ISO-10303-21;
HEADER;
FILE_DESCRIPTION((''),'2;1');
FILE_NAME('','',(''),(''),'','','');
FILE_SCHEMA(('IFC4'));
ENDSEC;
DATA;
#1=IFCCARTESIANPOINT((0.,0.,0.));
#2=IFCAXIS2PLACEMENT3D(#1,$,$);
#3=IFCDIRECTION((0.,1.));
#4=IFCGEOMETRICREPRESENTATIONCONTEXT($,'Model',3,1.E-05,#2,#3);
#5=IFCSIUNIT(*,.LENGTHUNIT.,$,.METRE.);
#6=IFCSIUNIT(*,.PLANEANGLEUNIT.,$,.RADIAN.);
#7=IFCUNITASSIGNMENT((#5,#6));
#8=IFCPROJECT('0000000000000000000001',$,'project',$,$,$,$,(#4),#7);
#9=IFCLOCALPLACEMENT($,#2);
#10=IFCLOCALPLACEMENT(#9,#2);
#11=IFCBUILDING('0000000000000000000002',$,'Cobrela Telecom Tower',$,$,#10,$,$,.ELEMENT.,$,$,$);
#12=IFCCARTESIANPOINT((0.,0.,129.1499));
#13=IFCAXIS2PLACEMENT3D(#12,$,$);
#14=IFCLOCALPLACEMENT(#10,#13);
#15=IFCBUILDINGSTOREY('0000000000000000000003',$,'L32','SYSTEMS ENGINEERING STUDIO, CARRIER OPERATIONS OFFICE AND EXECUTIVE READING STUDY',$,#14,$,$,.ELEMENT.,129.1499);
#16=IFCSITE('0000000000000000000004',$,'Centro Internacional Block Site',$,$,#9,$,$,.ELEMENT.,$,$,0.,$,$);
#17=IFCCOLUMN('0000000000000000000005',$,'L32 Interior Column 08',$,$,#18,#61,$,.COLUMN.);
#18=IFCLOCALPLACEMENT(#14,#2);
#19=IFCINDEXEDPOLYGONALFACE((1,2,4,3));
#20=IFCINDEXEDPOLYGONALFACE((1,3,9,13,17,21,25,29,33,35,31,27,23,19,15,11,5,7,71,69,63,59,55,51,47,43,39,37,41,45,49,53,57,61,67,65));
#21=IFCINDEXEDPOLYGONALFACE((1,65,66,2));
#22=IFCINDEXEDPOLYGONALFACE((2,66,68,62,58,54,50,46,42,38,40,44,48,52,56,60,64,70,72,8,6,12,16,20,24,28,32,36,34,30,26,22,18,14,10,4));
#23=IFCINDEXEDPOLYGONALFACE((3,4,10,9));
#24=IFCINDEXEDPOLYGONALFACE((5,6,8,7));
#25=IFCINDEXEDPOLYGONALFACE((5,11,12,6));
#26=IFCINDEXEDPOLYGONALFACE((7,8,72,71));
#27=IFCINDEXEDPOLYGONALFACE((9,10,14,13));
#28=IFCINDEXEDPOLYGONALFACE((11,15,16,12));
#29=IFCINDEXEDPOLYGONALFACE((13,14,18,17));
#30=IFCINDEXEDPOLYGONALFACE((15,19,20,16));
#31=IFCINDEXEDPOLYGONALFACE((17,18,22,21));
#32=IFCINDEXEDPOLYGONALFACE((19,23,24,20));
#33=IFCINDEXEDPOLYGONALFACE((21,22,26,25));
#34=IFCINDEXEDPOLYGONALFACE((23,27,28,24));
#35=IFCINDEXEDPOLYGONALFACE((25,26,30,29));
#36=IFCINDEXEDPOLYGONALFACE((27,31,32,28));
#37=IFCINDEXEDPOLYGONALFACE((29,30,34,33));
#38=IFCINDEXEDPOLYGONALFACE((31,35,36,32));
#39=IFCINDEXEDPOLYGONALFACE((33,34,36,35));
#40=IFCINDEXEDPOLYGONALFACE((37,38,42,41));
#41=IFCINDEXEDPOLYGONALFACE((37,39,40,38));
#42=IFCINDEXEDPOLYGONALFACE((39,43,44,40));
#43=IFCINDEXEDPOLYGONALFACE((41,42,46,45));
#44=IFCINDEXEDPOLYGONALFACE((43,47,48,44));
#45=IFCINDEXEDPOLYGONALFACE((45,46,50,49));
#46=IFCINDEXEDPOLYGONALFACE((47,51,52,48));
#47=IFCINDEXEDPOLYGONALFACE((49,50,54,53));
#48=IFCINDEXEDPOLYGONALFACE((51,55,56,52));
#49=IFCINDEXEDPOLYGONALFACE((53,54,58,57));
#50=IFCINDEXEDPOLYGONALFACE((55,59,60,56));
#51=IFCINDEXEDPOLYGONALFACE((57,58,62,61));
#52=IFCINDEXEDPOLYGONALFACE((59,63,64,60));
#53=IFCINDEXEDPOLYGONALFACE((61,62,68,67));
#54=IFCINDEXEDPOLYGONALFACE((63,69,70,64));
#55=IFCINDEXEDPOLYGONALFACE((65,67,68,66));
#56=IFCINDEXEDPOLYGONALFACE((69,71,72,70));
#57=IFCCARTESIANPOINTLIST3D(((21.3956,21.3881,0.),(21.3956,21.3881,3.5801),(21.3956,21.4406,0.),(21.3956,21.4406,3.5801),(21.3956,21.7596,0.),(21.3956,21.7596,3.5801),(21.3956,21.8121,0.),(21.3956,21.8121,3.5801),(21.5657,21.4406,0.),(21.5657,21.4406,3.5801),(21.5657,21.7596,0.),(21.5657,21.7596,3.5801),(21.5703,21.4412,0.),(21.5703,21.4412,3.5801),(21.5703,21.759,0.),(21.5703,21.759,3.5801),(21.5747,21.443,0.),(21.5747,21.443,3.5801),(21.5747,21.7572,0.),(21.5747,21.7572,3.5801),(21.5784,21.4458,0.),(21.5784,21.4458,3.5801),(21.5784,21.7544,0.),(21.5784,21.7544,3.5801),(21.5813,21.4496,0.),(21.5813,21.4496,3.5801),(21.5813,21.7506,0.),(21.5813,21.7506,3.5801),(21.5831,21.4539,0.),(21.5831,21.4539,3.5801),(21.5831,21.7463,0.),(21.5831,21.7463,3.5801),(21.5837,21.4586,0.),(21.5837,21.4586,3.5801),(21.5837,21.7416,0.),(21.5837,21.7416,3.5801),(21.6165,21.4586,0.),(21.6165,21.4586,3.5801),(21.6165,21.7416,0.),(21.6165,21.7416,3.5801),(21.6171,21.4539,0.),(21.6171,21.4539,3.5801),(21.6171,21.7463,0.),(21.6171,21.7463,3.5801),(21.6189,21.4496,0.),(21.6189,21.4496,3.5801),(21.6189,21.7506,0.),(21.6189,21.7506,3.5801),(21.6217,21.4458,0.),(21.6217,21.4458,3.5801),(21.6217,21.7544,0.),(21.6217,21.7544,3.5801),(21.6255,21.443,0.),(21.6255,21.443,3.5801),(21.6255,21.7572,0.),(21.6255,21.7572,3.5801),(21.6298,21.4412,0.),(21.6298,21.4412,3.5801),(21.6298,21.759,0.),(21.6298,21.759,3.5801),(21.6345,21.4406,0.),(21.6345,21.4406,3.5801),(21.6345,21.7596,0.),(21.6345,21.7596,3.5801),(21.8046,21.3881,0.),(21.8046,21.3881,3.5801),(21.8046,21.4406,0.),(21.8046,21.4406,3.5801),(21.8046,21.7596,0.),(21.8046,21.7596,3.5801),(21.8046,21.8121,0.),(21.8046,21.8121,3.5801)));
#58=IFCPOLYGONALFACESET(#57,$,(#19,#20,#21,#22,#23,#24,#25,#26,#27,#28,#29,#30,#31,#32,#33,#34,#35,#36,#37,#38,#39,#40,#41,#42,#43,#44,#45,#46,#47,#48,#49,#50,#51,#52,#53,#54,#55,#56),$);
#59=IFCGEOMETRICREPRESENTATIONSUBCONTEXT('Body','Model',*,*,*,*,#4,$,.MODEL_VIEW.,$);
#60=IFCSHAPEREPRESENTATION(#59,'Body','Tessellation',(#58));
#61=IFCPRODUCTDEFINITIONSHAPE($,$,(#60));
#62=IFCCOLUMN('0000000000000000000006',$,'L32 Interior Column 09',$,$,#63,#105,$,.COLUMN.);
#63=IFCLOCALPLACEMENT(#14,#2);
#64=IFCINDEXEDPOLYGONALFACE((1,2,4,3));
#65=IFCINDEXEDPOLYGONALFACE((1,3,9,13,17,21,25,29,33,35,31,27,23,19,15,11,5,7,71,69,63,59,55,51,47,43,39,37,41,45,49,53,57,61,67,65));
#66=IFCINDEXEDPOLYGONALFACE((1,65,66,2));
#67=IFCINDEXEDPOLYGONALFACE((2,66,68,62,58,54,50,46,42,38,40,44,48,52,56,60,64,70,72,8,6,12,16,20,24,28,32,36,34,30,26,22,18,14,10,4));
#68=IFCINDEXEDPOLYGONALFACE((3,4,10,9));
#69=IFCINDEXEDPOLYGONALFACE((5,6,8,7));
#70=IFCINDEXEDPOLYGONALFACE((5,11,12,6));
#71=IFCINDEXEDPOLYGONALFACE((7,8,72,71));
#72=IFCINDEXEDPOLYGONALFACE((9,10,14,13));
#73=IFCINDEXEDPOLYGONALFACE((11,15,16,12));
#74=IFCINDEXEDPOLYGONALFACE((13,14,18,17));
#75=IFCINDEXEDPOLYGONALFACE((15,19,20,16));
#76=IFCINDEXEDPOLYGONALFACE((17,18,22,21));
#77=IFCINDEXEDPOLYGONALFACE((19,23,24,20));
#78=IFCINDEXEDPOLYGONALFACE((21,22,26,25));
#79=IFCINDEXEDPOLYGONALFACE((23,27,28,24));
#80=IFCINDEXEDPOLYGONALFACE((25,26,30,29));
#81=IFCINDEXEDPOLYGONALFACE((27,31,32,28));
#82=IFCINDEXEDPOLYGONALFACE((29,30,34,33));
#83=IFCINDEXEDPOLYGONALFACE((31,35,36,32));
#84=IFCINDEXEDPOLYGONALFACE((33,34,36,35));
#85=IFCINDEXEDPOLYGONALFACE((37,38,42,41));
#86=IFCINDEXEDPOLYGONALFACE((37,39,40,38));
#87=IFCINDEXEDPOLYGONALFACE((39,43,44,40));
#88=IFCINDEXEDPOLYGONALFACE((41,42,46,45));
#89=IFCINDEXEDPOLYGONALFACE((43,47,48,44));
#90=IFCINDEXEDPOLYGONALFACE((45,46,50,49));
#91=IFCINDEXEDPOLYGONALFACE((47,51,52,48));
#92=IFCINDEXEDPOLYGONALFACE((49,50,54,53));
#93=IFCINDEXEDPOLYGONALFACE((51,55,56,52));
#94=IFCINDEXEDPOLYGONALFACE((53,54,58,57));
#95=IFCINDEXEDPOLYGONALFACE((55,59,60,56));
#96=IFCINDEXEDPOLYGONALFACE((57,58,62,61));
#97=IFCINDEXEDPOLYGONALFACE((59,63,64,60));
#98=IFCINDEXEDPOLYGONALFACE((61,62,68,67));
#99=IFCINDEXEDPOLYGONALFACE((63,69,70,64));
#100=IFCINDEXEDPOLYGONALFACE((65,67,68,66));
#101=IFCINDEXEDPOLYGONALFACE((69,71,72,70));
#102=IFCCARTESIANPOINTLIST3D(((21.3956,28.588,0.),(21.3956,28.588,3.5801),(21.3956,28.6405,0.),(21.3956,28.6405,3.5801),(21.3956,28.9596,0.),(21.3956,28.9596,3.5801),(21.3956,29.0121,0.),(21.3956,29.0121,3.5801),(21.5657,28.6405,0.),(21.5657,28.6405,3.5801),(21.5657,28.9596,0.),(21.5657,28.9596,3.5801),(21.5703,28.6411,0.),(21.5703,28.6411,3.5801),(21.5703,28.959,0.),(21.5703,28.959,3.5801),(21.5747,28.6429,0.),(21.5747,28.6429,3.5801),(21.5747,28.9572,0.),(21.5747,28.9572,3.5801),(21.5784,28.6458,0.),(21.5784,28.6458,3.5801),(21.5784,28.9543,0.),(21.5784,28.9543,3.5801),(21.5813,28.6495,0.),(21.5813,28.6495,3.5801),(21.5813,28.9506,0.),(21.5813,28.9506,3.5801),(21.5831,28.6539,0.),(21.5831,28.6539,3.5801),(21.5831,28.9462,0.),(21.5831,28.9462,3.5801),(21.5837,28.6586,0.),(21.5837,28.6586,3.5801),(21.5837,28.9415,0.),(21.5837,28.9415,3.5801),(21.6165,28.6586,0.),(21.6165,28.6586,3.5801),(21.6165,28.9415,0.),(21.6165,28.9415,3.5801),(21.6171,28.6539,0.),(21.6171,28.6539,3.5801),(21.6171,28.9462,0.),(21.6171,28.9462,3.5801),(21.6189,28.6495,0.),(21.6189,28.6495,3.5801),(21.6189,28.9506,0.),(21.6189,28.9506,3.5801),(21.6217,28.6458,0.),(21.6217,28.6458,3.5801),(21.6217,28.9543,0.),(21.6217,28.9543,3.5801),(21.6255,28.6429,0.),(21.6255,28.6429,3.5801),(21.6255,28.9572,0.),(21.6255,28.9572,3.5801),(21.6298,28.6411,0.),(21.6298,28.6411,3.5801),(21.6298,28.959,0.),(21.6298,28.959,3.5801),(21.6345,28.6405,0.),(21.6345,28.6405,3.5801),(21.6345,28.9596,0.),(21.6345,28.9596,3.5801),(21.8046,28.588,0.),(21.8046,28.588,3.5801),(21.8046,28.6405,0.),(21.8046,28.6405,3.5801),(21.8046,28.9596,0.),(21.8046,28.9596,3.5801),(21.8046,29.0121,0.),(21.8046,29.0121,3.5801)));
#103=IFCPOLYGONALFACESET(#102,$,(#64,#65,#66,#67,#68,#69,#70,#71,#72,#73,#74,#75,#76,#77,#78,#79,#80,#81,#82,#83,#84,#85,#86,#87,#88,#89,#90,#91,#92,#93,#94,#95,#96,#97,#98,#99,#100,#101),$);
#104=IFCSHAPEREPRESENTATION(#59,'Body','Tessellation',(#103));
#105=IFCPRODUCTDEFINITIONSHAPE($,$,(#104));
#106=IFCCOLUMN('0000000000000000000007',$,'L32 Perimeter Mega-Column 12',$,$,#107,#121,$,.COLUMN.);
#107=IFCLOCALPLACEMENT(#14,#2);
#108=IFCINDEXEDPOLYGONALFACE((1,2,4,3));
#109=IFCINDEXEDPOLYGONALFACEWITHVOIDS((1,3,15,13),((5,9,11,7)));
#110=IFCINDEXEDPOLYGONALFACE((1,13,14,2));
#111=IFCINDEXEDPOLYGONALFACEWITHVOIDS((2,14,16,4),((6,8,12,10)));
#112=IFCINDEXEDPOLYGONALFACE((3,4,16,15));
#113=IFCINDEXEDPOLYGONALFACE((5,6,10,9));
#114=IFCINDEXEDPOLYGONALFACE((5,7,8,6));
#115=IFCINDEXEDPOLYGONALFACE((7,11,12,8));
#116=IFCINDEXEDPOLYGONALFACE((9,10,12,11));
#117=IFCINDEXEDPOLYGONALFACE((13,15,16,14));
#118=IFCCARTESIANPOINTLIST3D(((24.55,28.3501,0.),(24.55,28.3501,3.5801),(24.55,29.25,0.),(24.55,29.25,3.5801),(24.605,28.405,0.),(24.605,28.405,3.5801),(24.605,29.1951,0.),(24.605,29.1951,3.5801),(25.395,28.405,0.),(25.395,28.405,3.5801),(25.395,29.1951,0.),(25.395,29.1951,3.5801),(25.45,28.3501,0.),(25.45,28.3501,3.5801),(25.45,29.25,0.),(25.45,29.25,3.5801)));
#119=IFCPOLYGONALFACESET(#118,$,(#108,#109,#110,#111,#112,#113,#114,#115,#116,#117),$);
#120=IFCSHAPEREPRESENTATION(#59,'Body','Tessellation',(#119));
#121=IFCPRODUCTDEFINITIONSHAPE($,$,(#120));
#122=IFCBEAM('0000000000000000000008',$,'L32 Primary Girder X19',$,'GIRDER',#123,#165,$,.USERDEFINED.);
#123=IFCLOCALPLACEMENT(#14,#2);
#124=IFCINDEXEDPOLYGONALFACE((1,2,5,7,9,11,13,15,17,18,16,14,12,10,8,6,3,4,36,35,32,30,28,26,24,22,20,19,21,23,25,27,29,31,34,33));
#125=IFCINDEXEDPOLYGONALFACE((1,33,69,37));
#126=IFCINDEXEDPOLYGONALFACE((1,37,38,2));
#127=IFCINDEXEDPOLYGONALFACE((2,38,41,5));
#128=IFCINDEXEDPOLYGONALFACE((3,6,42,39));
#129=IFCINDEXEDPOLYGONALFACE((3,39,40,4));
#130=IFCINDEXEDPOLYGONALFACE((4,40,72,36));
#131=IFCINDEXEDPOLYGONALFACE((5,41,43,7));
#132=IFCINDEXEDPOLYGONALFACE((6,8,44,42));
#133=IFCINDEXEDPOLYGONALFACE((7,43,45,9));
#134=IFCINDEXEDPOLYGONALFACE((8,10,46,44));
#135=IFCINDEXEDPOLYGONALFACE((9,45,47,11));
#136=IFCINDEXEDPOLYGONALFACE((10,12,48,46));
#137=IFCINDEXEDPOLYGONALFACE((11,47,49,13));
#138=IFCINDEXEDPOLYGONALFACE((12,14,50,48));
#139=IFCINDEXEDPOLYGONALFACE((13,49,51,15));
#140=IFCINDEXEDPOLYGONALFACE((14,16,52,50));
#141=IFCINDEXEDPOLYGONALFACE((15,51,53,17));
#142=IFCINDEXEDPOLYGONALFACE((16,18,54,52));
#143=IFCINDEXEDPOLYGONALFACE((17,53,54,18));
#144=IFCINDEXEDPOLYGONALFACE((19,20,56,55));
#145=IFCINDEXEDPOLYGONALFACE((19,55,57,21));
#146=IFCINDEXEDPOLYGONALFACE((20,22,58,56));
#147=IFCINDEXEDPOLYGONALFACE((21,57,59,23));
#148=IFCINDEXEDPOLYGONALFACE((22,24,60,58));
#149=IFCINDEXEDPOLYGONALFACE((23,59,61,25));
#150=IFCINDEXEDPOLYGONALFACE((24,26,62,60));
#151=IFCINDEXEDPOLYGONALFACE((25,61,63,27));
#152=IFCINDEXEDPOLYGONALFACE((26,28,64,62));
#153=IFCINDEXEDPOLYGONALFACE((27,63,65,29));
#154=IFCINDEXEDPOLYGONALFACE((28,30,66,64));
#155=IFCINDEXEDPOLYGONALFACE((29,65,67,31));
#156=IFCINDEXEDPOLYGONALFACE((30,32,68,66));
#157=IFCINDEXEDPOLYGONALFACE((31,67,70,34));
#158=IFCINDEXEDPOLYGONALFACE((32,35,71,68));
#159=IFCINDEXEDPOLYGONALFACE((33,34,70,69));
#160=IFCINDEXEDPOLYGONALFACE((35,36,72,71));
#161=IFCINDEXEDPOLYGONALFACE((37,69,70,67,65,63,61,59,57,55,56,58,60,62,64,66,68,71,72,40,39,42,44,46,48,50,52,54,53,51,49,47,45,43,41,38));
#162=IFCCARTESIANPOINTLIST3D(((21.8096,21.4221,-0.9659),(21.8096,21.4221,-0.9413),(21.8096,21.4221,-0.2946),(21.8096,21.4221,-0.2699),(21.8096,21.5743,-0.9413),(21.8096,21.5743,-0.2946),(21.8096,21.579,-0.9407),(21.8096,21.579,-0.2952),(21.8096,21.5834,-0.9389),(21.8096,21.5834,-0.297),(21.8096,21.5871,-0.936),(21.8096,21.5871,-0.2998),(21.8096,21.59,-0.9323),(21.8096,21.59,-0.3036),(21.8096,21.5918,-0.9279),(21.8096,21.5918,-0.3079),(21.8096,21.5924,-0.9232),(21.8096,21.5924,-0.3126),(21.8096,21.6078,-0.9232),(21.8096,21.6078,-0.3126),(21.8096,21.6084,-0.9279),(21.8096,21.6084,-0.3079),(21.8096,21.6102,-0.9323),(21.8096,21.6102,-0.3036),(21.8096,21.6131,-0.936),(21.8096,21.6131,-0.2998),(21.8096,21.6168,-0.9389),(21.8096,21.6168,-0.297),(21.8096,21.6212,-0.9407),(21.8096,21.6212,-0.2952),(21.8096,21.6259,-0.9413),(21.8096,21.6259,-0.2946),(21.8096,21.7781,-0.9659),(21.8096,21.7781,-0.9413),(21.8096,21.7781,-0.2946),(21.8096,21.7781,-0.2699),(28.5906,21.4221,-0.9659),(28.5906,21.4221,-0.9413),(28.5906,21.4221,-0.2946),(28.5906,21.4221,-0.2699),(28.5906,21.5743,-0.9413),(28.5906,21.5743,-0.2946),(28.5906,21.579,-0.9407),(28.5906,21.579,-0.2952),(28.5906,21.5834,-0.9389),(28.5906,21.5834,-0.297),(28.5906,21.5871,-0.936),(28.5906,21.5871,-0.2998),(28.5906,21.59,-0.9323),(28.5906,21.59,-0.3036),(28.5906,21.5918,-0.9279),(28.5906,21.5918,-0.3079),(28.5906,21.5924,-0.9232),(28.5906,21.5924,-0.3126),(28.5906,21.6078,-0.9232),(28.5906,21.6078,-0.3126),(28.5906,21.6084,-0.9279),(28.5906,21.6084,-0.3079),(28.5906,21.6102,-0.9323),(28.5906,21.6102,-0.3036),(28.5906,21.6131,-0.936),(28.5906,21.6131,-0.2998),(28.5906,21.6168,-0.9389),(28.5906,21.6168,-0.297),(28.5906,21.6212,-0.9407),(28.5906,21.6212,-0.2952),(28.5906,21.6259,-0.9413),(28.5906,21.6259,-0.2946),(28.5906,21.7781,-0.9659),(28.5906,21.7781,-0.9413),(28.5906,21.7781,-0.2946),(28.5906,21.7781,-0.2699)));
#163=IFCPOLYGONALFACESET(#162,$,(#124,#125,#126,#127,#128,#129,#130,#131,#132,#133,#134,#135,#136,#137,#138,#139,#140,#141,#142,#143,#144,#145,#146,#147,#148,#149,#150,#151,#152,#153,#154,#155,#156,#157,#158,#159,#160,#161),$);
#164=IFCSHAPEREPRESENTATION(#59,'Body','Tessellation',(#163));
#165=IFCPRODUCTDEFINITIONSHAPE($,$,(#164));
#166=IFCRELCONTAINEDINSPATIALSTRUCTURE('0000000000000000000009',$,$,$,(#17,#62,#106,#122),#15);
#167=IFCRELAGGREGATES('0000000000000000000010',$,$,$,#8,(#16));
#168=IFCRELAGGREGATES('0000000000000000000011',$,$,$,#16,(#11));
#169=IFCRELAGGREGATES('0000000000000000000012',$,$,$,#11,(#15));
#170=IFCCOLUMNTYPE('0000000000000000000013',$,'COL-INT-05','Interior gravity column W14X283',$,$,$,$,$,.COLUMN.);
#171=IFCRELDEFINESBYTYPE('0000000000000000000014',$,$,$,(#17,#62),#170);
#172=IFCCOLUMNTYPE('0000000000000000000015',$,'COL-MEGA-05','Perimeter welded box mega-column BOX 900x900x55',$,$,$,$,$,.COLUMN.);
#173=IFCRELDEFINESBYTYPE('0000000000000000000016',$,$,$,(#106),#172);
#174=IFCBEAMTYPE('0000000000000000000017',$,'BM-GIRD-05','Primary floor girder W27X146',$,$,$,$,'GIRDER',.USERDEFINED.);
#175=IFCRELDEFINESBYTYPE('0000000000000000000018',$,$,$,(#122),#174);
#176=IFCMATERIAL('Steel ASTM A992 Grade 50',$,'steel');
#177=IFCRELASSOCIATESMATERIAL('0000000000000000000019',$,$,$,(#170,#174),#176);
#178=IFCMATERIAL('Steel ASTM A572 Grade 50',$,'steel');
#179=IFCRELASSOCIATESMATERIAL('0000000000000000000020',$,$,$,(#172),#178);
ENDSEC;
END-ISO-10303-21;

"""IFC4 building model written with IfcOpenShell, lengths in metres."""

from ifc_helpers import new_model, si_unit, direction, frame, origin, origin_2d, place, context, subcontext, project, spatial, hollow_rectangle, i_section, extrude, material, material_profile, profile_set, type_object, element, save


model = new_model("IFC4")

# Units and contexts
model_context = context("Model", 3, precision=1e-05, world=origin(), true_north=direction((0.0, 1.0)))
body_context = subcontext(model_context, "Body", "Model", "MODEL_VIEW")
ifc_project = project(units=[si_unit("LENGTHUNIT", "METRE"), si_unit("PLANEANGLEUNIT", "RADIAN")], contexts=[model_context])

# Site, building, storey
site_placement = place(None, origin())
site = spatial("IfcSite", under=ifc_project, at=site_placement, Name="Centro Internacional Block Site", CompositionType="ELEMENT", RefElevation=0.0)
building_placement = place(site_placement, origin())
building = spatial("IfcBuilding", under=site, at=building_placement, Name="Cobrela Telecom Tower", CompositionType="ELEMENT")
storey_placement = place(building_placement, frame((0.0, 0.0, 129.1499)))
storey = spatial("IfcBuildingStorey", under=building, at=storey_placement, Name="L32", Description="SYSTEMS ENGINEERING STUDIO, CARRIER OPERATIONS OFFICE AND EXECUTIVE READING STUDY", CompositionType="ELEMENT", Elevation=129.1499)

# Columns
ifc_material_1 = material(Name="Steel ASTM A992 Grade 50", Category="steel")
ifc_material_profile_1 = material_profile(ifc_material_1, i_section(OverallWidth=0.4089, OverallDepth=0.4241, WebThickness=0.0327, FlangeThickness=0.0525, FilletRadius=0.0181, at=origin_2d()), Name="W14X283")
ifc_profile_set_1 = profile_set([ifc_material_profile_1], Name="Steel ASTM A992 Grade 50")
column_type_1 = type_object("IfcColumnType", Name="COL-INT-05", Description="Interior gravity column W14X283", PredefinedType="COLUMN", material=ifc_profile_set_1)
for number, where, z_axis, x_axis, name in (
    (1, (21.6001, 21.6001, 0.0), (0.0, 0.0, 1.0), (1.0, 0.0, 0.0), "L32 Interior Column 08"),
    (2, (21.6001, 28.8, 0.0), (0.0, 0.0, 1.0), (1.0, 0.0, 0.0), "L32 Interior Column 09"),
):
    element("IfcColumn", number, at=place(storey_placement, frame(where, z_axis=z_axis, x_axis=x_axis)), inside=storey, type_object=column_type_1, Name=name, PredefinedType="COLUMN", context=body_context, shape_type="SweptSolid", body=[
        extrude(i_section(OverallWidth=0.4089, OverallDepth=0.4241, WebThickness=0.0327, FlangeThickness=0.0525, FilletRadius=0.0181, at=origin_2d()), origin(), (0.0, 0.0, 1.0), 3.5801),
    ])
ifc_material_2 = material(Name="Steel ASTM A572 Grade 50", Category="steel")
ifc_material_profile_2 = material_profile(ifc_material_2, hollow_rectangle(XDim=0.8999, YDim=0.8999, WallThickness=0.0549, at=origin_2d()), Name="BOX 900x900x55")
ifc_profile_set_2 = profile_set([ifc_material_profile_2], Name="Steel ASTM A572 Grade 50")
column_type_2 = type_object("IfcColumnType", Name="COL-MEGA-05", Description="Perimeter welded box mega-column BOX 900x900x55", PredefinedType="COLUMN", material=ifc_profile_set_2)
column_placement = place(storey_placement, frame((25.0, 28.8, 0.0), z_axis=(0.0, 0.0, 1.0), x_axis=(1.0, 0.0, 0.0)))
element("IfcColumn", 3, at=column_placement, inside=storey, type_object=column_type_2, Name="L32 Perimeter Mega-Column 12", PredefinedType="COLUMN", context=body_context, shape_type="SweptSolid", body=[
    extrude(hollow_rectangle(XDim=0.8999, YDim=0.8999, WallThickness=0.0549, at=origin_2d()), origin(), (0.0, 0.0, 1.0), 3.5801),
])

# Beam
ifc_material_profile_3 = material_profile(ifc_material_1, i_section(OverallWidth=0.356, OverallDepth=0.696, WebThickness=0.0154, FlangeThickness=0.0247, FilletRadius=0.0181, at=origin_2d()), Name="W27X146")
ifc_profile_set_3 = profile_set([ifc_material_profile_3], Name="Steel ASTM A992 Grade 50")
beam_type_1 = type_object("IfcBeamType", Name="BM-GIRD-05", Description="Primary floor girder W27X146", ElementType="GIRDER", PredefinedType="USERDEFINED", material=ifc_profile_set_3)
beam_1_placement = place(storey_placement, frame((21.8096, 21.6001, -0.6179), z_axis=(1.0, 0.0, 0.0), x_axis=(0.0, 1.0, 0.0)))
element("IfcBeam", 4, at=beam_1_placement, inside=storey, type_object=beam_type_1, Name="L32 Primary Girder X19", ObjectType="GIRDER", PredefinedType="USERDEFINED", context=body_context, shape_type="SweptSolid", body=[
    extrude(i_section(OverallWidth=0.356, OverallDepth=0.696, WebThickness=0.0154, FlangeThickness=0.0247, FilletRadius=0.0181, at=origin_2d()), origin(), (0.0, 0.0, 1.0), 6.781),
])

save(model, "model.ifc")
